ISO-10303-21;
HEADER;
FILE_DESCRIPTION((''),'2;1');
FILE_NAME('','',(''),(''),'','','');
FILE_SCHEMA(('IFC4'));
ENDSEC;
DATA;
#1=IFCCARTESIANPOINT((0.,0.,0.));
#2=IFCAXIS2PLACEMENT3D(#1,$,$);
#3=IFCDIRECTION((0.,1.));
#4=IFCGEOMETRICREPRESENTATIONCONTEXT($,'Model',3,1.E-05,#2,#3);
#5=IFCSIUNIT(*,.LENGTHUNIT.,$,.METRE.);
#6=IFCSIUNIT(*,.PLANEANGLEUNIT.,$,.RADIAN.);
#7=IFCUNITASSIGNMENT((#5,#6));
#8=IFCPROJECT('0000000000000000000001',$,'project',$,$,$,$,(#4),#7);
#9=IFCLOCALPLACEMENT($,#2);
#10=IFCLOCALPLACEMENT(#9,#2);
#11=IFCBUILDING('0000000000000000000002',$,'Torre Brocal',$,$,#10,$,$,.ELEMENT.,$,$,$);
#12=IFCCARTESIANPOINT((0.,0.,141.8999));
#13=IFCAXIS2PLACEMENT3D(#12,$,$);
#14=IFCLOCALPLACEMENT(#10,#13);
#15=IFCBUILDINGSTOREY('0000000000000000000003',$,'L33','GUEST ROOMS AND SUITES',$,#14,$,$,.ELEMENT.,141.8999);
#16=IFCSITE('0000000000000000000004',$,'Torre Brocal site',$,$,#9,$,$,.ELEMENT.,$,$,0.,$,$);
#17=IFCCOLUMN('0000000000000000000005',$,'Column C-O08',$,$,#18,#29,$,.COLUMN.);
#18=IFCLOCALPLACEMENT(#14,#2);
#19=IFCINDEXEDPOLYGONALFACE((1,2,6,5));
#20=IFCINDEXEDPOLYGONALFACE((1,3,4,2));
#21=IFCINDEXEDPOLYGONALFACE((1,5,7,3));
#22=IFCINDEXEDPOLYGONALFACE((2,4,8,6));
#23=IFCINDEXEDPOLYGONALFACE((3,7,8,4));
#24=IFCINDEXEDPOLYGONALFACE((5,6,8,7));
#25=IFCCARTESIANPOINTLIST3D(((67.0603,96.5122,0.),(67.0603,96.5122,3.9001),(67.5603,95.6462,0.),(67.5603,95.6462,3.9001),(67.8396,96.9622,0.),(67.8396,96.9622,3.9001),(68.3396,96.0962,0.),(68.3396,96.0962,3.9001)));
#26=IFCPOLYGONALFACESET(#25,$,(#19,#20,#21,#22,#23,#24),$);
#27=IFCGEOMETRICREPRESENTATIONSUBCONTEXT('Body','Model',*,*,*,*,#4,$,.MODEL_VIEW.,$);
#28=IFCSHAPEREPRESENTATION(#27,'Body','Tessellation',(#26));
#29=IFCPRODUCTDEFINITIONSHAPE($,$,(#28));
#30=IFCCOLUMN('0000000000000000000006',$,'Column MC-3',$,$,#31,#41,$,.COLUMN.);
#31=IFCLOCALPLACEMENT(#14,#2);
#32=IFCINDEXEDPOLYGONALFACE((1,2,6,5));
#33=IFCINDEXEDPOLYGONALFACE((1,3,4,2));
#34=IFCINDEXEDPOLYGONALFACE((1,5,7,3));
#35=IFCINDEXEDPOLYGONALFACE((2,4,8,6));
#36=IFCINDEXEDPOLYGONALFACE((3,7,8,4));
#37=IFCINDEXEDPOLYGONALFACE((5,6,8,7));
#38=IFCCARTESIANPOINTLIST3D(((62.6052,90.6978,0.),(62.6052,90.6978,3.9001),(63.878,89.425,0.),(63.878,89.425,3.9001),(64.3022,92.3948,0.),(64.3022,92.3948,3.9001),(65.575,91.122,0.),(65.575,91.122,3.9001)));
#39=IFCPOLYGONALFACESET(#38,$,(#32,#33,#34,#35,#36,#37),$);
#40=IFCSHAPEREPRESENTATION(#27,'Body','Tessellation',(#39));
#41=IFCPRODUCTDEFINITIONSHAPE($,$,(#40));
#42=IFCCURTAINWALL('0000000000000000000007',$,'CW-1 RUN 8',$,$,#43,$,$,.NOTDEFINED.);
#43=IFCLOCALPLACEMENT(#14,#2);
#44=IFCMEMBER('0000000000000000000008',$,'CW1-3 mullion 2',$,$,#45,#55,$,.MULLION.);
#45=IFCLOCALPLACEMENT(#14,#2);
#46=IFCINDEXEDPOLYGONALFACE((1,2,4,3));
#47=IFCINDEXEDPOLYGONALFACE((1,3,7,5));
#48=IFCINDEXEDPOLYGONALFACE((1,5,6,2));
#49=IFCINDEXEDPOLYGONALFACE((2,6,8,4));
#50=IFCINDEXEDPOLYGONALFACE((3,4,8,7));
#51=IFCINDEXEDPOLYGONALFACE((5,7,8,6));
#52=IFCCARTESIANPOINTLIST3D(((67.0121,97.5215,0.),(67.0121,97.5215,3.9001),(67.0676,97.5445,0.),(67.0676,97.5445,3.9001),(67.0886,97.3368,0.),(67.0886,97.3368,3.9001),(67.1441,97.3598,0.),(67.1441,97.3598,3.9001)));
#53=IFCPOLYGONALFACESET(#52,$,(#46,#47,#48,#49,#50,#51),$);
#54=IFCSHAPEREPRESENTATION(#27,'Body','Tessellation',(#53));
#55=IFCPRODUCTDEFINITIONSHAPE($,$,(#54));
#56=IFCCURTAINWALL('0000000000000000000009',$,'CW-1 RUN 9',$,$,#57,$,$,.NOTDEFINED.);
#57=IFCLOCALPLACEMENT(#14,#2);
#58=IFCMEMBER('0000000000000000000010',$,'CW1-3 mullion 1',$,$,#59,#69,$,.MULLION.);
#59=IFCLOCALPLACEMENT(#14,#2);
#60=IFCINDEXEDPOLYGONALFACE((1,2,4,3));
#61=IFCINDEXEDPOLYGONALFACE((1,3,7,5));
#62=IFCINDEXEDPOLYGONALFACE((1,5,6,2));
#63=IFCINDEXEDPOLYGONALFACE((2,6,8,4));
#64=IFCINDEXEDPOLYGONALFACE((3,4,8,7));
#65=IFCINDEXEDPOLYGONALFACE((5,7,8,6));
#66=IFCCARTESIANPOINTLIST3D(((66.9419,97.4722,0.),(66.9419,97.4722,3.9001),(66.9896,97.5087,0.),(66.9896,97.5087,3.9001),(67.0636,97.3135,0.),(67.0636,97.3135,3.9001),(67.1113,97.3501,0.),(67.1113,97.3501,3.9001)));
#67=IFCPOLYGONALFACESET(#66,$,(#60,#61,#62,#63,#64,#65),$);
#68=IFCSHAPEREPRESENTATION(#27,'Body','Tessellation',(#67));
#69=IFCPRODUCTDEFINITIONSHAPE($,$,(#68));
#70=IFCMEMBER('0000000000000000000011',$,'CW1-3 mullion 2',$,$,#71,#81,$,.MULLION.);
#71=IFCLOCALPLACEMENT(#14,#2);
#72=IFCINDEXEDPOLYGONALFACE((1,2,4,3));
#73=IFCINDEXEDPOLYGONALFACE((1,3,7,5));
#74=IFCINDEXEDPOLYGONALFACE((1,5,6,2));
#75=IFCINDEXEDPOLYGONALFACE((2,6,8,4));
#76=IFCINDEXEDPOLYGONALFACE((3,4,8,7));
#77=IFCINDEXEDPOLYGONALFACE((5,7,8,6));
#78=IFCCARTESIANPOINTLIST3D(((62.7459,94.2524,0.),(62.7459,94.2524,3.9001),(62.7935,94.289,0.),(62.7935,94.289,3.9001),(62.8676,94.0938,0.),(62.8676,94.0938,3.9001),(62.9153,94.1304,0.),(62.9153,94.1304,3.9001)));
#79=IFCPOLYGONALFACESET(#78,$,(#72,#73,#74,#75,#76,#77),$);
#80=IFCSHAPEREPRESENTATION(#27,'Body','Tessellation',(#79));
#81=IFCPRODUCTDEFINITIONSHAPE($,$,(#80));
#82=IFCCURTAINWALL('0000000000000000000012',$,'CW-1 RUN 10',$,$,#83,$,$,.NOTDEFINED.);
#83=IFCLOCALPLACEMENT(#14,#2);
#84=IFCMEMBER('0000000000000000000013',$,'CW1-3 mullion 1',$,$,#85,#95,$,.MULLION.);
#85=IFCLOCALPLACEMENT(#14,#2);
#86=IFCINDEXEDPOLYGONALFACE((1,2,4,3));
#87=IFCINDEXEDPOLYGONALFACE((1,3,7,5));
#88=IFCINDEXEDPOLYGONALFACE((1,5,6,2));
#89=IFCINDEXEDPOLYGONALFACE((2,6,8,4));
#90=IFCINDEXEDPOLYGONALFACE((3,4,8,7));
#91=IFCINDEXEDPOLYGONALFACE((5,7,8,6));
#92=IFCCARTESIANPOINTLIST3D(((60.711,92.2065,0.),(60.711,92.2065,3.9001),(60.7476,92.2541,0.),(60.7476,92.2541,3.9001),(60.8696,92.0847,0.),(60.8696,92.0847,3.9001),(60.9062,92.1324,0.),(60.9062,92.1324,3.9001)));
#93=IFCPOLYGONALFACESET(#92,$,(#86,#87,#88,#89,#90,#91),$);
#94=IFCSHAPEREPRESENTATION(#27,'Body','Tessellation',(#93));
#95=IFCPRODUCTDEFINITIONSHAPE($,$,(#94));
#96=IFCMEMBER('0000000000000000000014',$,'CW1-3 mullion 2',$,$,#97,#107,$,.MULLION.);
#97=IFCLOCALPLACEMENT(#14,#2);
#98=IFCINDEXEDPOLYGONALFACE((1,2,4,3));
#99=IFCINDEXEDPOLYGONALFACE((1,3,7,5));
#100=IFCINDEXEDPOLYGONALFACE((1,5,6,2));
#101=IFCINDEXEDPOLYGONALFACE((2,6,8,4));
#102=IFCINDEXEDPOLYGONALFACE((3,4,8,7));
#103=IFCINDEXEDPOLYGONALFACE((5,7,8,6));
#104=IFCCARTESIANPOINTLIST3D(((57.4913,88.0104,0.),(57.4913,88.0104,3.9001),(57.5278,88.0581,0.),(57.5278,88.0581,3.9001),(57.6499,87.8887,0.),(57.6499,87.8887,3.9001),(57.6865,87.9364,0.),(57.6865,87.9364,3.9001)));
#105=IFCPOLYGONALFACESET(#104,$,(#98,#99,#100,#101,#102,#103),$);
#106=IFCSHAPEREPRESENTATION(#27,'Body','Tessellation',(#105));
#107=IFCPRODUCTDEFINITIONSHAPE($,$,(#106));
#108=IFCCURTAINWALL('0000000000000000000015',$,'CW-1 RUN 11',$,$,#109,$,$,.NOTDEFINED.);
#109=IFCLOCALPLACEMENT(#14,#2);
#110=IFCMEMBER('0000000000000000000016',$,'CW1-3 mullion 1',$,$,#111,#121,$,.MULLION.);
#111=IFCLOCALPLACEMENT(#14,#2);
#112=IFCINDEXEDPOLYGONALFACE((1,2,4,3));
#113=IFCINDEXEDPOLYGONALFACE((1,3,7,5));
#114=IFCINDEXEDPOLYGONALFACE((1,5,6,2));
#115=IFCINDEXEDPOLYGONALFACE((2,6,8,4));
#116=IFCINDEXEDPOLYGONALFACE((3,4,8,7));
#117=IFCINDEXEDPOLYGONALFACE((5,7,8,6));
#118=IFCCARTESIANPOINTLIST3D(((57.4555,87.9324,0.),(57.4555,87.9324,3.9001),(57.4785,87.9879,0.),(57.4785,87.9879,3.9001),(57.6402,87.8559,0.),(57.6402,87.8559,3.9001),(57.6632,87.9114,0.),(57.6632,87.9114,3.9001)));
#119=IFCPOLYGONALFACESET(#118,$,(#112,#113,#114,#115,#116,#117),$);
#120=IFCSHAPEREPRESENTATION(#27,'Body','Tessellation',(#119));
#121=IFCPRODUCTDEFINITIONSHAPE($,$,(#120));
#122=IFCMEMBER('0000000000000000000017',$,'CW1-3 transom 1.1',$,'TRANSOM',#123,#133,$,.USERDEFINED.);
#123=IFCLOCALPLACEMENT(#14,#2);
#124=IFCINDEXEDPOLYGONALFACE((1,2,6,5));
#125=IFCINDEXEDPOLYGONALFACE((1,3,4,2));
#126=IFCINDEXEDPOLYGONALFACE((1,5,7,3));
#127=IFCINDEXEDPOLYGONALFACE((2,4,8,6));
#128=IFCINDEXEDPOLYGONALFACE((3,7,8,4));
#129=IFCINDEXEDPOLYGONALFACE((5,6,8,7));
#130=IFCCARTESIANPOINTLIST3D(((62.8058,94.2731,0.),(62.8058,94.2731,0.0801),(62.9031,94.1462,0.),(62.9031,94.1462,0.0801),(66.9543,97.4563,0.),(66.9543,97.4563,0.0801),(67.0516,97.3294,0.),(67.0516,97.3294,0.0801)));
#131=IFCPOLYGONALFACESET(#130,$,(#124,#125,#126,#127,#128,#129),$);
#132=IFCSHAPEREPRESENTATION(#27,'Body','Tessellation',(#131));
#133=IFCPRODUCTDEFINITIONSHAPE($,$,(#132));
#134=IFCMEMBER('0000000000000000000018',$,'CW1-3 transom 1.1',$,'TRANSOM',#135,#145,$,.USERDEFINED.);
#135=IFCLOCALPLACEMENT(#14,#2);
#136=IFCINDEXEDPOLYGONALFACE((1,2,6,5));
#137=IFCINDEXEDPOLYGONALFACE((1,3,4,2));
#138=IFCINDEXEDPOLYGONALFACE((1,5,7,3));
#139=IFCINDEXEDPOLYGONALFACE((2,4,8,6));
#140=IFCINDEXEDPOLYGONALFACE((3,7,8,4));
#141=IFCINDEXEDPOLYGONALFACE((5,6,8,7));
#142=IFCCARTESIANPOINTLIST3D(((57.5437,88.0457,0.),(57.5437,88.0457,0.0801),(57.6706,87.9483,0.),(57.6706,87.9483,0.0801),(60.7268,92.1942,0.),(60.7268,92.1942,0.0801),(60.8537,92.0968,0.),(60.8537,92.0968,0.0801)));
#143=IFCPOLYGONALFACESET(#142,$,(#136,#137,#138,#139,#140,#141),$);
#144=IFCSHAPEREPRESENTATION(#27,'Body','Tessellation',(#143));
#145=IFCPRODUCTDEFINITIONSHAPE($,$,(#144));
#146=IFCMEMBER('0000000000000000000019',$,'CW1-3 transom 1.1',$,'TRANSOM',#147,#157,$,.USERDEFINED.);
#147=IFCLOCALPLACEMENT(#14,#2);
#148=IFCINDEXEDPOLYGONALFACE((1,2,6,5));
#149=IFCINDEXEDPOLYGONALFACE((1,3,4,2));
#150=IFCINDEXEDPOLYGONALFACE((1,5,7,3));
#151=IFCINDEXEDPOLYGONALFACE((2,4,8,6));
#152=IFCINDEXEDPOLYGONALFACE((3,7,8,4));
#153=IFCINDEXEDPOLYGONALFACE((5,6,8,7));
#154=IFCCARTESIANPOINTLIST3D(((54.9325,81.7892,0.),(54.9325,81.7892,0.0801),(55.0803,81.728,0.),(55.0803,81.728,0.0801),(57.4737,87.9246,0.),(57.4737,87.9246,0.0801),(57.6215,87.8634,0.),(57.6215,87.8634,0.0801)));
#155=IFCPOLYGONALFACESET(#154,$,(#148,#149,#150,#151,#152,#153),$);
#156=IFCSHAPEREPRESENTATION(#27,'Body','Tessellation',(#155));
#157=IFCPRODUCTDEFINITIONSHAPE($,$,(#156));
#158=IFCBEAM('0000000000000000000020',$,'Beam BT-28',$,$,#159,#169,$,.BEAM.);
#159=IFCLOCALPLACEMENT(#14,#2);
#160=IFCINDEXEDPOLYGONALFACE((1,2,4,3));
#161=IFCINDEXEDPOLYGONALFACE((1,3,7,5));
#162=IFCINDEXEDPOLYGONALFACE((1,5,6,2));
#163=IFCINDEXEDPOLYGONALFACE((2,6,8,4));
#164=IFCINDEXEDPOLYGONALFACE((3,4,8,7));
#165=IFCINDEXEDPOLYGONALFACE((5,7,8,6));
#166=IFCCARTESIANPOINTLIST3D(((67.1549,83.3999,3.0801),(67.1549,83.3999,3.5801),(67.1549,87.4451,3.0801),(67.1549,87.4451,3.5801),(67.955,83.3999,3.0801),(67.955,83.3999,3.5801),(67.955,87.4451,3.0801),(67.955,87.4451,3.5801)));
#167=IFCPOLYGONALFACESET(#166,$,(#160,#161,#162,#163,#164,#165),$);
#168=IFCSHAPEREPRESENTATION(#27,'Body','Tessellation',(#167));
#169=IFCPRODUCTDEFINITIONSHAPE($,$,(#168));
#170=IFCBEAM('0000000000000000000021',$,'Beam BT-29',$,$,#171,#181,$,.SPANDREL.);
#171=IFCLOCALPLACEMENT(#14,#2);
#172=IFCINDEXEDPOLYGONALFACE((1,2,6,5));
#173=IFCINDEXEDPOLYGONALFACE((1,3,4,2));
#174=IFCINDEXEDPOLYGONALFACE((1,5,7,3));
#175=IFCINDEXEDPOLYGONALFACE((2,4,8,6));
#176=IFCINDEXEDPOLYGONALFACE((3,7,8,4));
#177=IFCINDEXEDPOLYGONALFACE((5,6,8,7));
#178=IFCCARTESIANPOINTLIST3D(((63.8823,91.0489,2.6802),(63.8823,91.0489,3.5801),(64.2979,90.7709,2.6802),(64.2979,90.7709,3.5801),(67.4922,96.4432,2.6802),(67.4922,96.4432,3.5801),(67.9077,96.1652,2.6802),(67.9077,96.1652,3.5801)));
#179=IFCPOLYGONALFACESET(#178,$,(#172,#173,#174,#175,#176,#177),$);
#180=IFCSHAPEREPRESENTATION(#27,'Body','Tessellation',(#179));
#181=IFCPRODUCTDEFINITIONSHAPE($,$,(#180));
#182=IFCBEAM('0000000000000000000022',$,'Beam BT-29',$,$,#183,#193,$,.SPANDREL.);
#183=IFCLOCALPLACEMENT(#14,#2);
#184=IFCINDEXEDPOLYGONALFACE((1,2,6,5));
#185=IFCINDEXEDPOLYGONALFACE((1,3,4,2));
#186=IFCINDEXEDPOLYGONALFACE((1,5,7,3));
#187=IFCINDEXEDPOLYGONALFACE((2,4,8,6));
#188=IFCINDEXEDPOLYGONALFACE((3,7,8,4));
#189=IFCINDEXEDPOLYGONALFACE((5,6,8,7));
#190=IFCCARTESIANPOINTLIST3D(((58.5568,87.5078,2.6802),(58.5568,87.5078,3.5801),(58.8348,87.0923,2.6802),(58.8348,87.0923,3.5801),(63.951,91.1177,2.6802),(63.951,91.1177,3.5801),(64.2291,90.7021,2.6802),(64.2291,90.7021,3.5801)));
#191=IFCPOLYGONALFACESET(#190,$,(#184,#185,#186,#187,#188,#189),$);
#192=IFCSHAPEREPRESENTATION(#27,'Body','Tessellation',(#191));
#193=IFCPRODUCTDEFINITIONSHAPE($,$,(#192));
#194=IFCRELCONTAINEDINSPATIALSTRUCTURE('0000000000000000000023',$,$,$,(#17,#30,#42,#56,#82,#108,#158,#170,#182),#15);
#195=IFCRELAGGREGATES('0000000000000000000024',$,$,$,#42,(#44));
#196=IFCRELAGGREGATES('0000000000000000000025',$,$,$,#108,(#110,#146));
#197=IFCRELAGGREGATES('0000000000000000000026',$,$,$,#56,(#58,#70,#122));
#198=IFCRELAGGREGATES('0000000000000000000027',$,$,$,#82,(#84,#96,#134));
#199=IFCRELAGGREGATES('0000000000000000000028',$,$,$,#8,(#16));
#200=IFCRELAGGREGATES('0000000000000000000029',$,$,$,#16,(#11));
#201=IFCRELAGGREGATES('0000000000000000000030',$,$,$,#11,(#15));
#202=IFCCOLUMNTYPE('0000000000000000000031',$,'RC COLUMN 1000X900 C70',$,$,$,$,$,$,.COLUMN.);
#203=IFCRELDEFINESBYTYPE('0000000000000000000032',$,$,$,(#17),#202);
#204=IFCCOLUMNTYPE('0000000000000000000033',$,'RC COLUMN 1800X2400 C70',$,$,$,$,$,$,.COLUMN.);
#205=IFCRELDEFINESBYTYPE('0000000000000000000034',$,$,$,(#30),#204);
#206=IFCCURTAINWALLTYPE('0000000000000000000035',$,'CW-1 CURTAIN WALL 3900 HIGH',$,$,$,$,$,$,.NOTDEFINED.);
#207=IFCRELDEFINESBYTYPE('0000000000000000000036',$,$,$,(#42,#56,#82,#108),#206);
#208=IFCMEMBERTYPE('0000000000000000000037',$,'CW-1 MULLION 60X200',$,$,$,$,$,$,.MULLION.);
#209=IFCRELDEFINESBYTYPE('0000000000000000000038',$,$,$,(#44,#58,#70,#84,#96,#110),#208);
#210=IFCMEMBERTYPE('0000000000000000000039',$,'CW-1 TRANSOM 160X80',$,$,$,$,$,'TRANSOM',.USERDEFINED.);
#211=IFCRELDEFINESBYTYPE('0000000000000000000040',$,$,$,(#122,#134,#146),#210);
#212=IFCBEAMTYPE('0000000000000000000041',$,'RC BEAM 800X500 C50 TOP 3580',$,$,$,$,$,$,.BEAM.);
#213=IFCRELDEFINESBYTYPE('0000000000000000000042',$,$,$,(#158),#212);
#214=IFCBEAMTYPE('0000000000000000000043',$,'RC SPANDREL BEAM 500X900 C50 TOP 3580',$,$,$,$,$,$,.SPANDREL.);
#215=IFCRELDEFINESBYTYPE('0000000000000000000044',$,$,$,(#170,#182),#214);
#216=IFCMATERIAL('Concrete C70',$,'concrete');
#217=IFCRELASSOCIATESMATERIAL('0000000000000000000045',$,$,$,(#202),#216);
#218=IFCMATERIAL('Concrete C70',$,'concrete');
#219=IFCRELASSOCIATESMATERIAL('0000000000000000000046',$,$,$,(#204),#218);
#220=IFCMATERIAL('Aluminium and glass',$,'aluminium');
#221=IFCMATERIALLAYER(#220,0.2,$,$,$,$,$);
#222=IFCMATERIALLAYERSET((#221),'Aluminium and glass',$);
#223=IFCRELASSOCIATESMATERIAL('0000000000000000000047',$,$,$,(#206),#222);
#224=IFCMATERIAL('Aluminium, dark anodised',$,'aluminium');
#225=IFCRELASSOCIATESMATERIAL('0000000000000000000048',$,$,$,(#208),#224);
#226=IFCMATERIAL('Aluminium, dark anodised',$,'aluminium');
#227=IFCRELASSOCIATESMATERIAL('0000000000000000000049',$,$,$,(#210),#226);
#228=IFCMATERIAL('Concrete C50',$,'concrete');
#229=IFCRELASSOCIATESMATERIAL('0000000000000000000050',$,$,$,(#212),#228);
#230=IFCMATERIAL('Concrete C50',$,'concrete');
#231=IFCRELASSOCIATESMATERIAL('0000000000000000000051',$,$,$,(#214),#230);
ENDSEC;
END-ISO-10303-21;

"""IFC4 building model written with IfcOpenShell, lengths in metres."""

from ifc_helpers import new_model, si_unit, direction, frame, origin, origin_2d, place, context, subcontext, project, spatial, rectangle, extrude, material, layer, layer_set, material_profile, profile_set, type_object, element, aggregate, save


model = new_model("IFC4")

# Units and contexts
model_context = context("Model", 3, precision=1e-05, world=origin(), true_north=direction((0.0, 1.0)))
body_context = subcontext(model_context, "Body", "Model", "MODEL_VIEW")
ifc_project = project(units=[si_unit("LENGTHUNIT", "METRE"), si_unit("PLANEANGLEUNIT", "RADIAN")], contexts=[model_context])

# Site, building, storey
site_placement = place(None, origin())
site = spatial("IfcSite", under=ifc_project, at=site_placement, Name="Torre Brocal site", CompositionType="ELEMENT", RefElevation=0.0)
building_placement = place(site_placement, origin())
building = spatial("IfcBuilding", under=site, at=building_placement, Name="Torre Brocal", CompositionType="ELEMENT")
storey_placement = place(building_placement, frame((0.0, 0.0, 141.8999)))
storey = spatial("IfcBuildingStorey", under=building, at=storey_placement, Name="L33", Description="GUEST ROOMS AND SUITES", CompositionType="ELEMENT", Elevation=141.8999)

# Columns
ifc_material_1 = material(Name="Concrete C70", Category="concrete")
ifc_material_profile_1 = material_profile(ifc_material_1, rectangle(XDim=1.0, YDim=0.8999, at=origin_2d()), Name="RC 1000X900")
ifc_profile_set_1 = profile_set([ifc_material_profile_1], Name="Concrete C70")
column_type_1 = type_object("IfcColumnType", Name="RC COLUMN 1000X900 C70", PredefinedType="COLUMN", material=ifc_profile_set_1)
column_1_placement = place(storey_placement, frame((67.7, 96.3042, 0.0), z_axis=(0.0, 0.0, 1.0), x_axis=(-0.5, 0.866025, 0.0)))
element("IfcColumn", 1, at=column_1_placement, inside=storey, type_object=column_type_1, Name="Column C-O08", PredefinedType="COLUMN", context=body_context, shape_type="SweptSolid", body=[
    extrude(rectangle(XDim=1.0, YDim=0.8999, at=origin_2d()), origin(), (0.0, 0.0, 1.0), 3.9001),
])
ifc_material_2 = material(Name="Concrete C70", Category="concrete")
ifc_material_profile_2 = material_profile(ifc_material_2, rectangle(XDim=1.8, YDim=2.3999, at=origin_2d()), Name="RC 1800X2400")
ifc_profile_set_2 = profile_set([ifc_material_profile_2], Name="Concrete C70")
column_type_2 = type_object("IfcColumnType", Name="RC COLUMN 1800X2400 C70", PredefinedType="COLUMN", material=ifc_profile_set_2)
column_2_placement = place(storey_placement, frame((64.0901, 90.9099, 0.0), z_axis=(0.0, 0.0, 1.0), x_axis=(-0.707107, 0.707107, 0.0)))
element("IfcColumn", 2, at=column_2_placement, inside=storey, type_object=column_type_2, Name="Column MC-3", PredefinedType="COLUMN", context=body_context, shape_type="SweptSolid", body=[
    extrude(rectangle(XDim=1.8, YDim=2.3999, at=origin_2d()), origin(), (0.0, 0.0, 1.0), 3.9001),
])

# Curtain wall, member
ifc_material_3 = material(Name="Aluminium and glass", Category="aluminium")
ifc_layer_1 = layer(ifc_material_3, 0.2)
ifc_layer_set_1 = layer_set([ifc_layer_1], Name="Aluminium and glass")
curtain_wall_type = type_object("IfcCurtainWallType", Name="CW-1 CURTAIN WALL 3900 HIGH", PredefinedType="NOTDEFINED", material=ifc_layer_set_1)
curtain_wall_1_placement = place(storey_placement, origin())
curtain_wall_1 = element("IfcCurtainWall", 3, at=curtain_wall_1_placement, inside=storey, type_object=curtain_wall_type, Name="CW-1 RUN 8", PredefinedType="NOTDEFINED")
ifc_material_4 = material(Name="Aluminium, dark anodised", Category="aluminium")
ifc_material_profile_3 = material_profile(ifc_material_4, rectangle(XDim=0.2, YDim=0.0601, at=origin_2d()), Name="CW-1 MULLION 60X200")
ifc_profile_set_3 = profile_set([ifc_material_profile_3], Name="Aluminium, dark anodised")
member_type_1 = type_object("IfcMemberType", Name="CW-1 MULLION 60X200", PredefinedType="MULLION", material=ifc_profile_set_3)
member_1_placement = place(storey_placement, frame((67.0781, 97.4407, 0.0), z_axis=(0.0, 0.0, 1.0), x_axis=(0.382683, -0.92388, 0.0)))
member_1 = element("IfcMember", 4, at=member_1_placement, type_object=member_type_1, Name="CW1-3 mullion 2", PredefinedType="MULLION", context=body_context, shape_type="SweptSolid", body=[
    extrude(rectangle(XDim=0.2, YDim=0.0601, at=origin_2d()), origin(), (0.0, 0.0, 1.0), 3.9001),
])
aggregate(curtain_wall_1, [member_1])

# Curtain walls, members
curtain_wall_2_placement = place(storey_placement, origin())
curtain_wall_2 = element("IfcCurtainWall", 5, at=curtain_wall_2_placement, inside=storey, type_object=curtain_wall_type, Name="CW-1 RUN 9", PredefinedType="NOTDEFINED")
member_2_placement = place(storey_placement, frame((67.0266, 97.4111, 0.0), z_axis=(0.0, 0.0, 1.0), x_axis=(0.608761, -0.793353, 0.0)))
member_2 = element("IfcMember", 6, at=member_2_placement, type_object=member_type_1, Name="CW1-3 mullion 1", PredefinedType="MULLION", context=body_context, shape_type="SweptSolid", body=[
    extrude(rectangle(XDim=0.2, YDim=0.0601, at=origin_2d()), origin(), (0.0, 0.0, 1.0), 3.9001),
])
member_3_placement = place(storey_placement, frame((62.8306, 94.1914, 0.0), z_axis=(0.0, 0.0, 1.0), x_axis=(0.608761, -0.793353, 0.0)))
member_3 = element("IfcMember", 7, at=member_3_placement, type_object=member_type_1, Name="CW1-3 mullion 2", PredefinedType="MULLION", context=body_context, shape_type="SweptSolid", body=[
    extrude(rectangle(XDim=0.2, YDim=0.0601, at=origin_2d()), origin(), (0.0, 0.0, 1.0), 3.9001),
])
curtain_wall_3_placement = place(storey_placement, origin())
curtain_wall_3 = element("IfcCurtainWall", 8, at=curtain_wall_3_placement, inside=storey, type_object=curtain_wall_type, Name="CW-1 RUN 10", PredefinedType="NOTDEFINED")
member_4_placement = place(storey_placement, frame((60.8086, 92.1694, 0.0), z_axis=(0.0, 0.0, 1.0), x_axis=(0.793353, -0.608761, 0.0)))
member_4 = element("IfcMember", 9, at=member_4_placement, type_object=member_type_1, Name="CW1-3 mullion 1", PredefinedType="MULLION", context=body_context, shape_type="SweptSolid", body=[
    extrude(rectangle(XDim=0.2, YDim=0.0601, at=origin_2d()), origin(), (0.0, 0.0, 1.0), 3.9001),
])
member_5_placement = place(storey_placement, frame((57.5889, 87.9734, 0.0), z_axis=(0.0, 0.0, 1.0), x_axis=(0.793353, -0.608761, 0.0)))
member_5 = element("IfcMember", 10, at=member_5_placement, type_object=member_type_1, Name="CW1-3 mullion 2", PredefinedType="MULLION", context=body_context, shape_type="SweptSolid", body=[
    extrude(rectangle(XDim=0.2, YDim=0.0601, at=origin_2d()), origin(), (0.0, 0.0, 1.0), 3.9001),
])

# Curtain wall, member
curtain_wall_4_placement = place(storey_placement, origin())
curtain_wall_4 = element("IfcCurtainWall", 11, at=curtain_wall_4_placement, inside=storey, type_object=curtain_wall_type, Name="CW-1 RUN 11", PredefinedType="NOTDEFINED")
member_6_placement = place(storey_placement, frame((57.5593, 87.9219, 0.0), z_axis=(0.0, 0.0, 1.0), x_axis=(0.92388, -0.382683, 0.0)))
member_6 = element("IfcMember", 12, at=member_6_placement, type_object=member_type_1, Name="CW1-3 mullion 1", PredefinedType="MULLION", context=body_context, shape_type="SweptSolid", body=[
    extrude(rectangle(XDim=0.2, YDim=0.0601, at=origin_2d()), origin(), (0.0, 0.0, 1.0), 3.9001),
])

# Members
ifc_material_5 = material(Name="Aluminium, dark anodised", Category="aluminium")
ifc_material_profile_4 = material_profile(ifc_material_5, rectangle(XDim=0.1599, YDim=0.0801, at=origin_2d()), Name="CW-1 TRANSOM 160X80")
ifc_profile_set_4 = profile_set([ifc_material_profile_4], Name="Aluminium, dark anodised")
member_type_2 = type_object("IfcMemberType", Name="CW-1 TRANSOM 160X80", ElementType="TRANSOM", PredefinedType="USERDEFINED", material=ifc_profile_set_4)
member_7_placement = place(storey_placement, frame((67.0029, 97.3928, 0.04), z_axis=(-0.793363, -0.608749, 0.0), x_axis=(0.608749, -0.793363, 0.0)))
member_7 = element("IfcMember", 13, at=member_7_placement, type_object=member_type_2, Name="CW1-3 transom 1.1", ObjectType="TRANSOM", PredefinedType="USERDEFINED", context=body_context, shape_type="SweptSolid", body=[
    extrude(rectangle(XDim=0.1599, YDim=0.0801, at=origin_2d()), origin(), (0.0, 0.0, 1.0), 5.229),
])
member_8_placement = place(storey_placement, frame((60.7903, 92.1455, 0.04), z_axis=(-0.608749, -0.793363, 0.0), x_axis=(0.793363, -0.608749, 0.0)))
member_8 = element("IfcMember", 14, at=member_8_placement, type_object=member_type_2, Name="CW1-3 transom 1.1", ObjectType="TRANSOM", PredefinedType="USERDEFINED", context=body_context, shape_type="SweptSolid", body=[
    extrude(rectangle(XDim=0.1599, YDim=0.0801, at=origin_2d()), origin(), (0.0, 0.0, 1.0), 5.229),
])
member_9_placement = place(storey_placement, frame((57.5476, 87.894, 0.04), z_axis=(-0.382665, -0.923887, 0.0), x_axis=(0.923887, -0.382665, 0.0)))
member_9 = element("IfcMember", 15, at=member_9_placement, type_object=member_type_2, Name="CW1-3 transom 1.1", ObjectType="TRANSOM", PredefinedType="USERDEFINED", context=body_context, shape_type="SweptSolid", body=[
    extrude(rectangle(XDim=0.1599, YDim=0.0801, at=origin_2d()), origin(), (0.0, 0.0, 1.0), 6.6409),
])
aggregate(curtain_wall_4, [member_6, member_9])

# Beams
ifc_material_6 = material(Name="Concrete C50", Category="concrete")
ifc_material_profile_5 = material_profile(ifc_material_6, rectangle(XDim=0.8, YDim=0.5, at=origin_2d()), Name="RC 800X500")
ifc_profile_set_5 = profile_set([ifc_material_profile_5], Name="Concrete C50")
beam_type_1 = type_object("IfcBeamType", Name="RC BEAM 800X500 C50 TOP 3580", PredefinedType="BEAM", material=ifc_profile_set_5)
beam_placement = place(storey_placement, frame((67.5549, 87.4451, 3.3301), z_axis=(0.0, -1.0, 0.0), x_axis=(1.0, 0.0, 0.0)))
element("IfcBeam", 16, at=beam_placement, inside=storey, type_object=beam_type_1, Name="Beam BT-28", PredefinedType="BEAM", context=body_context, shape_type="SweptSolid", body=[
    extrude(rectangle(XDim=0.8, YDim=0.5, at=origin_2d()), origin(), (0.0, 0.0, 1.0), 4.0452),
])
ifc_material_7 = material(Name="Concrete C50", Category="concrete")
ifc_material_profile_6 = material_profile(ifc_material_7, rectangle(XDim=0.5, YDim=0.8999, at=origin_2d()), Name="RC 500X900")
ifc_profile_set_6 = profile_set([ifc_material_profile_6], Name="Concrete C50")
beam_type_2 = type_object("IfcBeamType", Name="RC SPANDREL BEAM 500X900 C50 TOP 3580", PredefinedType="SPANDREL", material=ifc_profile_set_6)
for number, where, z_axis, x_axis, name in (
    (17, (67.7, 96.3042, 3.1301), (-0.556158, -0.831077, 0.0), (0.831077, -0.556158, 0.0), "Beam BT-29"),
    (18, (64.0901, 90.9099, 3.1301), (-0.831077, -0.556158, 0.0), (0.556158, -0.831077, 0.0), "Beam BT-29"),
):
    element("IfcBeam", number, at=place(storey_placement, frame(where, z_axis=z_axis, x_axis=x_axis)), inside=storey, type_object=beam_type_2, Name=name, PredefinedType="SPANDREL", context=body_context, shape_type="SweptSolid", body=[
        extrude(rectangle(XDim=0.5, YDim=0.8999, at=origin_2d()), origin(), (0.0, 0.0, 1.0), 6.4907),
    ])

aggregate(curtain_wall_2, [member_2, member_3, member_7])
aggregate(curtain_wall_3, [member_4, member_5, member_8])

save(model, "model.ifc")
